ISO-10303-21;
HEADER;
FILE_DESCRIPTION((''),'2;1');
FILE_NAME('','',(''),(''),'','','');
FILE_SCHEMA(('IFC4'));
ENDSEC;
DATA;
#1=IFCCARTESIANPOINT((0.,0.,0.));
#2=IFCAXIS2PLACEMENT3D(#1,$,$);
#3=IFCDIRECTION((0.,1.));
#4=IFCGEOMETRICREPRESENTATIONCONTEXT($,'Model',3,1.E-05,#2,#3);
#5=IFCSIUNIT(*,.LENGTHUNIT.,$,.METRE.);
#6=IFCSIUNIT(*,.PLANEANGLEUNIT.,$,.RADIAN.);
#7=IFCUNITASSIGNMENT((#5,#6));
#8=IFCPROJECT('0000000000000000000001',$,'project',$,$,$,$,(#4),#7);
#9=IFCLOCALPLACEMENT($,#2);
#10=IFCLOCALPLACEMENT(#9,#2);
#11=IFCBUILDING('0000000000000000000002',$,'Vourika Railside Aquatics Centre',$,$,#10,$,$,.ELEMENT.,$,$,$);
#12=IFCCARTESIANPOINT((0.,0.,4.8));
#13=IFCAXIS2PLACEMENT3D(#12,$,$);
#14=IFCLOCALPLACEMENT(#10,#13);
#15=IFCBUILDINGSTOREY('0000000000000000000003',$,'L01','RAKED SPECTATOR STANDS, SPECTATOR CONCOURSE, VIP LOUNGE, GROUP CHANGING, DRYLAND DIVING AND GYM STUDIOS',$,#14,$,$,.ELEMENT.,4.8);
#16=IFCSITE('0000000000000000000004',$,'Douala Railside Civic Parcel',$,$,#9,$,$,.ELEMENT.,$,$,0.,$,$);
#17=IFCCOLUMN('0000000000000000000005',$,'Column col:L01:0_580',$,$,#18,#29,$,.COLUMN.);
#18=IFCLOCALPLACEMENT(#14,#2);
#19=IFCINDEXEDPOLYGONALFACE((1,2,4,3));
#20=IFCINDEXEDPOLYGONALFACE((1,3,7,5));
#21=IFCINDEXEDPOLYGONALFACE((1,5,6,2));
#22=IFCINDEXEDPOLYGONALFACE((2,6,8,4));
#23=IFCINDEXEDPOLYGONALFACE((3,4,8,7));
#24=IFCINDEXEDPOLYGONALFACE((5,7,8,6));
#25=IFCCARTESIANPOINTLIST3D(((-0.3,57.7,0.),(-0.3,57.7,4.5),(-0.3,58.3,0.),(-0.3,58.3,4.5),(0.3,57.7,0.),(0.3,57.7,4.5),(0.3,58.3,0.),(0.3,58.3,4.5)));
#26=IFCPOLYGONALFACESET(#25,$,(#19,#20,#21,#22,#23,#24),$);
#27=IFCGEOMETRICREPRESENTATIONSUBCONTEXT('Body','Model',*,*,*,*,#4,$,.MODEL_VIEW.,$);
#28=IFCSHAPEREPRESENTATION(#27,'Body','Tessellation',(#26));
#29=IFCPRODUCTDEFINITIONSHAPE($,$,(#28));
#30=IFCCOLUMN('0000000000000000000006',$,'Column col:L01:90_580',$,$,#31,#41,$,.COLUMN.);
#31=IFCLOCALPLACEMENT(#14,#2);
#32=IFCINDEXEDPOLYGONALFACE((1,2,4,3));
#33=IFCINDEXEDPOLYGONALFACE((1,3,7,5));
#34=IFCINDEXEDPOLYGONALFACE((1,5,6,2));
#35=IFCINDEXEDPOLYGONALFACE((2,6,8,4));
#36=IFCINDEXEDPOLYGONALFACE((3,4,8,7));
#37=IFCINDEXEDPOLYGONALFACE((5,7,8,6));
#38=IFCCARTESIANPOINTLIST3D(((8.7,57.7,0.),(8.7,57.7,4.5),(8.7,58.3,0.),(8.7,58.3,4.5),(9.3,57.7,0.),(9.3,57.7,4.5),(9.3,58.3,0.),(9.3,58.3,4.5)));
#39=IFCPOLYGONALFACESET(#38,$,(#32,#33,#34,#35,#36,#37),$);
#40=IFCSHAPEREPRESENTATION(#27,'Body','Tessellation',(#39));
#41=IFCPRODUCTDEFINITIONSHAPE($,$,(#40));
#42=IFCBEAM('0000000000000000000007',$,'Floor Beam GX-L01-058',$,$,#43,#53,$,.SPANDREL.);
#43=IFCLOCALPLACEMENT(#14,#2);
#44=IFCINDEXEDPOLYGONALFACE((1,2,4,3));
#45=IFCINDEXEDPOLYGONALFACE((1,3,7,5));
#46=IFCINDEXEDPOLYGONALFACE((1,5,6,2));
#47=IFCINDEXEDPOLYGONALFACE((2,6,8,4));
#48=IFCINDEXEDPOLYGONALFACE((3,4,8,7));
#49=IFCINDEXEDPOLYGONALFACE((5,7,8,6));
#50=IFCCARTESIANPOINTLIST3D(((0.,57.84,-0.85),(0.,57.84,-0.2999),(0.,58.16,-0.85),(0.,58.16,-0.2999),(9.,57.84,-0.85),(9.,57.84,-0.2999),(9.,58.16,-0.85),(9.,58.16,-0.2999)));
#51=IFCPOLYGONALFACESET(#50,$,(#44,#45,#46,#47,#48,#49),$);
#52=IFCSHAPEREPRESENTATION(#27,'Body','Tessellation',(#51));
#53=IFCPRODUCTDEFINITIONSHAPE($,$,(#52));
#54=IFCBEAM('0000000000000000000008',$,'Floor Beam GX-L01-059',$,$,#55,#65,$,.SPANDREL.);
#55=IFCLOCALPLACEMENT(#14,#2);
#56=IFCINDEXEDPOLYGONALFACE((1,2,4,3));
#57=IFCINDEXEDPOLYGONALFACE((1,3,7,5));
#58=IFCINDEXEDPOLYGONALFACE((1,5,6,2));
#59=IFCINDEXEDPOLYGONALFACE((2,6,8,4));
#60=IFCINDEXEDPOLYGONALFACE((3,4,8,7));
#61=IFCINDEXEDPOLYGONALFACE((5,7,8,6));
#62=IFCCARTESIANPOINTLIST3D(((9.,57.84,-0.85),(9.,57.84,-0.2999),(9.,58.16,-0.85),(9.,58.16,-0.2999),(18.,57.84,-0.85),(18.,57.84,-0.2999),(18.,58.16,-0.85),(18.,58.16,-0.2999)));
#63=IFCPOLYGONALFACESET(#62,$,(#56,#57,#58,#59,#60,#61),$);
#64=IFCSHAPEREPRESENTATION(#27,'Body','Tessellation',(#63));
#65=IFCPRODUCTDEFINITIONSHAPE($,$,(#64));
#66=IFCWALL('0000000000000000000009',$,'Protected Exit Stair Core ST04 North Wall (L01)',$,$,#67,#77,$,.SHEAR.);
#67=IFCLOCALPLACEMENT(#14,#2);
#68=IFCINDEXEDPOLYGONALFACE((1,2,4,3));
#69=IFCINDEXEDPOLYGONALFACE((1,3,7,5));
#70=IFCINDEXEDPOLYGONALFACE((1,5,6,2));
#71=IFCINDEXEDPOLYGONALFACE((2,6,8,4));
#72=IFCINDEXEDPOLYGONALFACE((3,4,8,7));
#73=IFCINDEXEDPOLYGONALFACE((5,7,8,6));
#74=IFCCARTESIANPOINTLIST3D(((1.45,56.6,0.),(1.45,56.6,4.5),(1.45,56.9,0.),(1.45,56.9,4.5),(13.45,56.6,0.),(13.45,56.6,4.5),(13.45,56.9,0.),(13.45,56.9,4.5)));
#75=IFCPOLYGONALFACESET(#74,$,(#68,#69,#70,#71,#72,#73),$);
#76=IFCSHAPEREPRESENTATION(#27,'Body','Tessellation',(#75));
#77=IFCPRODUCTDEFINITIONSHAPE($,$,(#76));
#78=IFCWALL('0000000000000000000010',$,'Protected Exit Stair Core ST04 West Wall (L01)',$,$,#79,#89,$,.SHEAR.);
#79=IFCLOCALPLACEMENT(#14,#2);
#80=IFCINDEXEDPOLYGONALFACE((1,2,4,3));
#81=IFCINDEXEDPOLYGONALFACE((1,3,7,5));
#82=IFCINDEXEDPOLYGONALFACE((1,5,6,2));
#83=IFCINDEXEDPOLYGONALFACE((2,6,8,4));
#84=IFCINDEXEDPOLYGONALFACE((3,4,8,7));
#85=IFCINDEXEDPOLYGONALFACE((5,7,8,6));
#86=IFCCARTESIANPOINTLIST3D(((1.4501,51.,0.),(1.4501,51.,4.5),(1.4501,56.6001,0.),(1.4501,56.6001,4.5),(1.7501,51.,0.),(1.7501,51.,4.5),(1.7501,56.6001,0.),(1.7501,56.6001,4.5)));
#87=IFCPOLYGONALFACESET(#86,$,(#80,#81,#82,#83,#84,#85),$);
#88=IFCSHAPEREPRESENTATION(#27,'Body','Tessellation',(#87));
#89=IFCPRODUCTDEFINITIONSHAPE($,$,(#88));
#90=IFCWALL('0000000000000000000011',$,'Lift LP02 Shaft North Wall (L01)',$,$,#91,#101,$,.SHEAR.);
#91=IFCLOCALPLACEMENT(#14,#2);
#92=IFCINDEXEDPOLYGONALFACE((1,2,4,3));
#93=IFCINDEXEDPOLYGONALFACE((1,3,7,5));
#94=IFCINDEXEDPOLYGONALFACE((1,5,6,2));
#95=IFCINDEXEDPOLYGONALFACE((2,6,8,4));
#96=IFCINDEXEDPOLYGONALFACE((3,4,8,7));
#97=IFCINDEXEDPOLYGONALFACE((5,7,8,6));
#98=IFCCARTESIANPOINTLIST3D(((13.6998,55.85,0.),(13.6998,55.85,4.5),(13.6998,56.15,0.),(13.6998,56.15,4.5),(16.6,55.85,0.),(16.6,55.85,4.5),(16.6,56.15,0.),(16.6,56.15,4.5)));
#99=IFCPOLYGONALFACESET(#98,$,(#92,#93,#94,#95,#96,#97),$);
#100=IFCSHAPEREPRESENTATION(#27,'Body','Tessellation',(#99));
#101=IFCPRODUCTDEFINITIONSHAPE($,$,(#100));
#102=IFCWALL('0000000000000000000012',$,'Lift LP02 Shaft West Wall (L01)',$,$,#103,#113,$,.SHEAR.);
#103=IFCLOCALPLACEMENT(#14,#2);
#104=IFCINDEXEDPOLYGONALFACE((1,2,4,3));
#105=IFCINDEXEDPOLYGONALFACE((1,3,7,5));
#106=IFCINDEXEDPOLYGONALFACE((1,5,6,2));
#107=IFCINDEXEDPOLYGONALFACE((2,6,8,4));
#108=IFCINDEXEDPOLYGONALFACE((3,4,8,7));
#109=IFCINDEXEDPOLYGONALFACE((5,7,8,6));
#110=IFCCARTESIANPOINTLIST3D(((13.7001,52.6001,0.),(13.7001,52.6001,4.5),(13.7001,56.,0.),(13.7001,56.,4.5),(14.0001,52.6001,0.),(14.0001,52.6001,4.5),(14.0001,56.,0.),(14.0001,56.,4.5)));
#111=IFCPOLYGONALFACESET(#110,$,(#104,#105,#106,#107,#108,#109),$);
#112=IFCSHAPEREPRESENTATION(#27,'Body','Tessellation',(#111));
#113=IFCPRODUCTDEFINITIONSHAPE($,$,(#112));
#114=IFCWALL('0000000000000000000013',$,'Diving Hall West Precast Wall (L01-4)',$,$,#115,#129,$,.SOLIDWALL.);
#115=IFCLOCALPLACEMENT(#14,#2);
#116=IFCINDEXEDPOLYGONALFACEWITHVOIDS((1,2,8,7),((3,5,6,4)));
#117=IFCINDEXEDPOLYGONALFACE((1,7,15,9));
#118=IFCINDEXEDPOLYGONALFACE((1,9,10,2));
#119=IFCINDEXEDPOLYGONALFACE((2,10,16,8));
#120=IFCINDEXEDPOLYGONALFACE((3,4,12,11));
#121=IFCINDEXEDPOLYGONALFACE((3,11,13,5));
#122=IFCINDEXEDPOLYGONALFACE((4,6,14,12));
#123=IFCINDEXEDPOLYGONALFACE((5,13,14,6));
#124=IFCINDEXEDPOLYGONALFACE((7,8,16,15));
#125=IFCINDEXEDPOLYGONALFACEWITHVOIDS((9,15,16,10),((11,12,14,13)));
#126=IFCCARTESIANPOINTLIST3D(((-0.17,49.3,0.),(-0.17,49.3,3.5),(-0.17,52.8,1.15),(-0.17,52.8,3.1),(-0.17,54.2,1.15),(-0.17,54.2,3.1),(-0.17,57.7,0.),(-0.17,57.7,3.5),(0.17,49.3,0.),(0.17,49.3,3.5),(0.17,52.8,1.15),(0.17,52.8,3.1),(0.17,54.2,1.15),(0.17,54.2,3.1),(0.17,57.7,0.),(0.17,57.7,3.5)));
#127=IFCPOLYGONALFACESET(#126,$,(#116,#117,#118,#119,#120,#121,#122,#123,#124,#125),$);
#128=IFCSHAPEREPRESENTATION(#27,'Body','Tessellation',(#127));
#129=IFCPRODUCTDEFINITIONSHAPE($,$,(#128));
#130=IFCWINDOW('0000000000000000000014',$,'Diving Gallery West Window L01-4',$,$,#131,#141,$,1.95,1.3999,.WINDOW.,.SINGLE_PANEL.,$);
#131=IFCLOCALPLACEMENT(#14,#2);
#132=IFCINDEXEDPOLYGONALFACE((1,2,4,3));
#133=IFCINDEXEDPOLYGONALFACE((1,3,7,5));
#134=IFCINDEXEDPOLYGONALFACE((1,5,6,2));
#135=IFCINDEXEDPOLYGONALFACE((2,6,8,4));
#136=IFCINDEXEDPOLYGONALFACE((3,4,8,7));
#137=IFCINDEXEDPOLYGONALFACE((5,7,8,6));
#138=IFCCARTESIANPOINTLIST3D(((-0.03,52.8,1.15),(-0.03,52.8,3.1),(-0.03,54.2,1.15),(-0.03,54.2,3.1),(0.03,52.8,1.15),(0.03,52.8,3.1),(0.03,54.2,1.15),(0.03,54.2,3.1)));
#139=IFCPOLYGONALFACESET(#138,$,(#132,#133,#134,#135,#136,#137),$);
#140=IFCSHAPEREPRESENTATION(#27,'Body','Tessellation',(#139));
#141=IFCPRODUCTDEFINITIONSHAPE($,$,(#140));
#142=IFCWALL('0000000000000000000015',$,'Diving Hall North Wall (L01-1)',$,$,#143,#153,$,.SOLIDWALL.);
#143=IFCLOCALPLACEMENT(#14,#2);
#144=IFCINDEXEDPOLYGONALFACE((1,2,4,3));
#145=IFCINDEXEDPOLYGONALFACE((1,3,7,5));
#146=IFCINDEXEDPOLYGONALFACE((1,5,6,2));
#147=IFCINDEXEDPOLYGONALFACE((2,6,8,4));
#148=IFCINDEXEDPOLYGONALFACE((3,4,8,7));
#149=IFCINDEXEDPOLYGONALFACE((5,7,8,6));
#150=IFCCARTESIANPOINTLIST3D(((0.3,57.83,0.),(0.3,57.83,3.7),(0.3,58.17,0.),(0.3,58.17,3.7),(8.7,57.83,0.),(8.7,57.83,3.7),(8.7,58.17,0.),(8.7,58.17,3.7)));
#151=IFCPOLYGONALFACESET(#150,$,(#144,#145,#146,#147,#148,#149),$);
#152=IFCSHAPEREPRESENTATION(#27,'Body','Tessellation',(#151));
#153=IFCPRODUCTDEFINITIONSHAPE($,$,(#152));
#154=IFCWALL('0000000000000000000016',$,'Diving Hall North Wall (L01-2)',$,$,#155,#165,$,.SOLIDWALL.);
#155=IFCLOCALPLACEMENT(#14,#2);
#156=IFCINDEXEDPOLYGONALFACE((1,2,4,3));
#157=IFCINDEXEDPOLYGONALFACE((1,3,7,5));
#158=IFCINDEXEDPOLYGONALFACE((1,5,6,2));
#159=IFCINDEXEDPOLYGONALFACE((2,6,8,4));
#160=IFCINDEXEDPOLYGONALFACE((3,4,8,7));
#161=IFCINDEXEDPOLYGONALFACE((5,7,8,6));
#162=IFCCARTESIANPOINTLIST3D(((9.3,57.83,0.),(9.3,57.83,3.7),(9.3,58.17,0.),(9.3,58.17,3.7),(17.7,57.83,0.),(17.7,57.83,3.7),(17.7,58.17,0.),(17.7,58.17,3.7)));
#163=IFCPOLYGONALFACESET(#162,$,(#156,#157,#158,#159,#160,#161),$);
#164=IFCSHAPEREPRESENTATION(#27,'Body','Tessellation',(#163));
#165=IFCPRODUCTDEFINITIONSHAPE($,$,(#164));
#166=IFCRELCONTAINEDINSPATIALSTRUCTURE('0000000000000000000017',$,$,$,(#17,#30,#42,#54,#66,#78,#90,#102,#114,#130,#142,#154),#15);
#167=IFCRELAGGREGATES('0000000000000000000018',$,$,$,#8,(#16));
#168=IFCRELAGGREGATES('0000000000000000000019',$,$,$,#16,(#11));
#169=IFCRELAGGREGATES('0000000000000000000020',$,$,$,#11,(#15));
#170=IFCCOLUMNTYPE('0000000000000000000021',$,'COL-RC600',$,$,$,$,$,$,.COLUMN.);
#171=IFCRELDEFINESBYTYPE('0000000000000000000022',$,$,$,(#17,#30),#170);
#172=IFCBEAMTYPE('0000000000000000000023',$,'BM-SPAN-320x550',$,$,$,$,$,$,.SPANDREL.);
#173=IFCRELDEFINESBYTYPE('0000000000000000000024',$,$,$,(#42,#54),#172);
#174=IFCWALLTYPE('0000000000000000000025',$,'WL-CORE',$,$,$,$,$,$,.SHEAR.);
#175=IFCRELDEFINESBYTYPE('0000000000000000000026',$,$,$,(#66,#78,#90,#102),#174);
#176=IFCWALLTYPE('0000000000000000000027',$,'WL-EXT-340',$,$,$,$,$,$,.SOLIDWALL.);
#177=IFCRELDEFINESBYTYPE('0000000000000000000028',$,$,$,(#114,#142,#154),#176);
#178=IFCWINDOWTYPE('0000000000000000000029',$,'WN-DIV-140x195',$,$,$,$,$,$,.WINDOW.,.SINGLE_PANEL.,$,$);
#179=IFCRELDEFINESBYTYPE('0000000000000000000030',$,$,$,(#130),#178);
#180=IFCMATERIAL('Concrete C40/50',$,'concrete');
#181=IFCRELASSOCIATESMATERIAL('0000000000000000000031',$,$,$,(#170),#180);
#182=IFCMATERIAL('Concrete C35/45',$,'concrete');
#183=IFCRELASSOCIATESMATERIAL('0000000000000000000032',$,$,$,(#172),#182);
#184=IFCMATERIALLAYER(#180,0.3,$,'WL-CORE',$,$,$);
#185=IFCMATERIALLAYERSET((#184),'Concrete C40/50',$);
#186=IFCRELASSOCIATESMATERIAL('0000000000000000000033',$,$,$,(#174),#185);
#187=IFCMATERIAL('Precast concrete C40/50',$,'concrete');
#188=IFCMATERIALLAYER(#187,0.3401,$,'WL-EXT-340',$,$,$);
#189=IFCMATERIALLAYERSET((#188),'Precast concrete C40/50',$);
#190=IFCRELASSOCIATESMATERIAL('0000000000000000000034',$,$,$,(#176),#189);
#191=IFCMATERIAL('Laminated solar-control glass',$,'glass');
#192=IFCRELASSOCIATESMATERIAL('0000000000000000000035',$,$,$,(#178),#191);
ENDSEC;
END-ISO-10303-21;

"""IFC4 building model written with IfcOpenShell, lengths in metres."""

from ifc_helpers import new_model, si_unit, direction, frame, frame_2d, origin, origin_2d, place, context, subcontext, project, spatial, rectangle, extrude, material, layer, layer_set, material_profile, profile_set, type_object, element, fill, save


model = new_model("IFC4")

# Units and contexts
model_context = context("Model", 3, precision=1e-05, world=origin(), true_north=direction((0.0, 1.0)))
body_context = subcontext(model_context, "Body", "Model", "MODEL_VIEW")
ifc_project = project(units=[si_unit("LENGTHUNIT", "METRE"), si_unit("PLANEANGLEUNIT", "RADIAN")], contexts=[model_context])

# Site, building, storey
site_placement = place(None, origin())
site = spatial("IfcSite", under=ifc_project, at=site_placement, Name="Douala Railside Civic Parcel", CompositionType="ELEMENT", RefElevation=0.0)
building_placement = place(site_placement, origin())
building = spatial("IfcBuilding", under=site, at=building_placement, Name="Vourika Railside Aquatics Centre", CompositionType="ELEMENT")
storey_placement = place(building_placement, frame((0.0, 0.0, 4.8)))
storey = spatial("IfcBuildingStorey", under=building, at=storey_placement, Name="L01", Description="RAKED SPECTATOR STANDS, SPECTATOR CONCOURSE, VIP LOUNGE, GROUP CHANGING, DRYLAND DIVING AND GYM STUDIOS", CompositionType="ELEMENT", Elevation=4.8)

# Columns
ifc_material_1 = material(Name="Concrete C40/50", Category="concrete")
ifc_material_profile_1 = material_profile(ifc_material_1, rectangle(XDim=0.6001, YDim=0.6001, at=origin_2d()), Name="RC 600x600")
ifc_profile_set_1 = profile_set([ifc_material_profile_1], Name="Concrete C40/50")
column_type = type_object("IfcColumnType", Name="COL-RC600", PredefinedType="COLUMN", material=ifc_profile_set_1)
for number, where, z_axis, x_axis, name in (
    (1, (0.0, 58.0, 0.0), (0.0, 0.0, 1.0), (1.0, 0.0, 0.0), "Column col:L01:0_580"),
    (2, (9.0, 58.0, 0.0), (0.0, 0.0, 1.0), (1.0, 0.0, 0.0), "Column col:L01:90_580"),
):
    element("IfcColumn", number, at=place(storey_placement, frame(where, z_axis=z_axis, x_axis=x_axis)), inside=storey, type_object=column_type, Name=name, PredefinedType="COLUMN", context=body_context, shape_type="SweptSolid", body=[
        extrude(rectangle(XDim=0.6001, YDim=0.6001, at=origin_2d()), origin(), (0.0, 0.0, 1.0), 4.5),
    ])

# Beams
ifc_material_2 = material(Name="Concrete C35/45", Category="concrete")
ifc_material_profile_2 = material_profile(ifc_material_2, rectangle(XDim=0.3201, YDim=0.55, at=origin_2d()), Name="RC 320x550")
ifc_profile_set_2 = profile_set([ifc_material_profile_2], Name="Concrete C35/45")
beam_type = type_object("IfcBeamType", Name="BM-SPAN-320x550", PredefinedType="SPANDREL", material=ifc_profile_set_2)
for number, where, z_axis, x_axis, name in (
    (3, (0.0, 58.0, -0.575), (1.0, 0.0, 0.0), (0.0, 1.0, 0.0), "Floor Beam GX-L01-058"),
    (4, (9.0, 58.0, -0.575), (1.0, 0.0, 0.0), (0.0, 1.0, 0.0), "Floor Beam GX-L01-059"),
):
    element("IfcBeam", number, at=place(storey_placement, frame(where, z_axis=z_axis, x_axis=x_axis)), inside=storey, type_object=beam_type, Name=name, PredefinedType="SPANDREL", context=body_context, shape_type="SweptSolid", body=[
        extrude(rectangle(XDim=0.3201, YDim=0.55, at=origin_2d()), origin(), (0.0, 0.0, 1.0), 9.0),
    ])

# Walls
ifc_layer_1 = layer(ifc_material_1, 0.3, Name="WL-CORE")
ifc_layer_set_1 = layer_set([ifc_layer_1], Name="Concrete C40/50")
wall_type_1 = type_object("IfcWallType", Name="WL-CORE", PredefinedType="SHEAR", material=ifc_layer_set_1)
wall_1_placement = place(storey_placement, frame((13.45, 56.75, 0.0), z_axis=(0.0, 0.0, 1.0), x_axis=(-1.0, 0.0, 0.0)))
element("IfcWall", 5, at=wall_1_placement, inside=storey, type_object=wall_type_1, Name="Protected Exit Stair Core ST04 North Wall (L01)", PredefinedType="SHEAR", context=body_context, shape_type="SweptSolid", body=[
    extrude(rectangle(XDim=12.0, YDim=0.3, at=frame_2d((6.0, 0.0))), origin(), (0.0, 0.0, 1.0), 4.5),
])
wall_2_placement = place(storey_placement, frame((1.6001, 56.6001, 0.0), z_axis=(0.0, 0.0, 1.0), x_axis=(0.0, -1.0, 0.0)))
element("IfcWall", 6, at=wall_2_placement, inside=storey, type_object=wall_type_1, Name="Protected Exit Stair Core ST04 West Wall (L01)", PredefinedType="SHEAR", context=body_context, shape_type="SweptSolid", body=[
    extrude(rectangle(XDim=5.6001, YDim=0.3, at=frame_2d((2.8, 0.0))), origin(), (0.0, 0.0, 1.0), 4.5),
])
wall_3_placement = place(storey_placement, frame((16.6001, 56.0, 0.0), z_axis=(0.0, 0.0, 1.0), x_axis=(-1.0, 0.0, 0.0)))
element("IfcWall", 7, at=wall_3_placement, inside=storey, type_object=wall_type_1, Name="Lift LP02 Shaft North Wall (L01)", PredefinedType="SHEAR", context=body_context, shape_type="SweptSolid", body=[
    extrude(rectangle(XDim=2.9001, YDim=0.3, at=frame_2d((1.4502, 0.0))), origin(), (0.0, 0.0, 1.0), 4.5),
])
wall_4_placement = place(storey_placement, frame((13.8501, 56.0, 0.0), z_axis=(0.0, 0.0, 1.0), x_axis=(0.0, -1.0, 0.0)))
element("IfcWall", 8, at=wall_4_placement, inside=storey, type_object=wall_type_1, Name="Lift LP02 Shaft West Wall (L01)", PredefinedType="SHEAR", context=body_context, shape_type="SweptSolid", body=[
    extrude(rectangle(XDim=3.3999, YDim=0.3, at=frame_2d((1.7, 0.0))), origin(), (0.0, 0.0, 1.0), 4.5),
])

# Wall, opening, window
ifc_material_3 = material(Name="Precast concrete C40/50", Category="concrete")
ifc_layer_2 = layer(ifc_material_3, 0.3401, Name="WL-EXT-340")
ifc_layer_set_2 = layer_set([ifc_layer_2], Name="Precast concrete C40/50")
wall_type_2 = type_object("IfcWallType", Name="WL-EXT-340", PredefinedType="SOLIDWALL", material=ifc_layer_set_2)
wall_5_placement = place(storey_placement, frame((0.0, 57.7, 0.0), z_axis=(0.0, 0.0, 1.0), x_axis=(0.0, -1.0, 0.0)))
wall_5 = element("IfcWall", 9, at=wall_5_placement, inside=storey, type_object=wall_type_2, Name="Diving Hall West Precast Wall (L01-4)", PredefinedType="SOLIDWALL", context=body_context, shape_type="SweptSolid", body=[
    extrude(rectangle(XDim=8.3999, YDim=0.3401, at=frame_2d((4.2, 0.0))), origin(), (0.0, 0.0, 1.0), 3.5),
])
opening_placement = place(wall_5_placement, frame((3.5, 0.0, 1.1499)))
opening = element("IfcOpeningElement", 10, at=opening_placement, cuts=wall_5, PredefinedType="OPENING", context=body_context, shape_type="SweptSolid", body=[
    extrude(rectangle(XDim=1.3999, YDim=1.95, at=frame_2d((0.7, 0.9751))), frame((0.0, 0.1802, 0.0), z_axis=(0.0, -1.0, 0.0), x_axis=(1.0, 0.0, 0.0)), (0.0, 0.0, 1.0), 0.3601),
])
ifc_material_4 = material(Name="Laminated solar-control glass", Category="glass")
window_type = type_object("IfcWindowType", Name="WN-DIV-140x195", PartitioningType="SINGLE_PANEL", PredefinedType="WINDOW", material=ifc_material_4)
window_placement = place(opening_placement, origin())
window = element("IfcWindow", 11, at=window_placement, inside=storey, type_object=window_type, Name="Diving Gallery West Window L01-4", OverallHeight=1.95, OverallWidth=1.3999, PartitioningType="SINGLE_PANEL", PredefinedType="WINDOW", context=body_context, shape_type="SweptSolid", body=[
    extrude(rectangle(XDim=1.3999, YDim=1.95, at=frame_2d((0.7, 0.9751))), frame((0.0, 0.03, 0.0), z_axis=(0.0, -1.0, 0.0), x_axis=(1.0, 0.0, 0.0)), (0.0, 0.0, 1.0), 0.0601),
])
fill(opening, window)

# Walls
for number, where, z_axis, x_axis, name in (
    (12, (8.7, 58.0, 0.0), (0.0, 0.0, 1.0), (-1.0, 0.0, 0.0), "Diving Hall North Wall (L01-1)"),
    (13, (17.7, 58.0, 0.0), (0.0, 0.0, 1.0), (-1.0, 0.0, 0.0), "Diving Hall North Wall (L01-2)"),
):
    element("IfcWall", number, at=place(storey_placement, frame(where, z_axis=z_axis, x_axis=x_axis)), inside=storey, type_object=wall_type_2, Name=name, PredefinedType="SOLIDWALL", context=body_context, shape_type="SweptSolid", body=[
        extrude(rectangle(XDim=8.3999, YDim=0.3401, at=frame_2d((4.2, 0.0))), origin(), (0.0, 0.0, 1.0), 3.7),
    ])

save(model, "model.ifc")
